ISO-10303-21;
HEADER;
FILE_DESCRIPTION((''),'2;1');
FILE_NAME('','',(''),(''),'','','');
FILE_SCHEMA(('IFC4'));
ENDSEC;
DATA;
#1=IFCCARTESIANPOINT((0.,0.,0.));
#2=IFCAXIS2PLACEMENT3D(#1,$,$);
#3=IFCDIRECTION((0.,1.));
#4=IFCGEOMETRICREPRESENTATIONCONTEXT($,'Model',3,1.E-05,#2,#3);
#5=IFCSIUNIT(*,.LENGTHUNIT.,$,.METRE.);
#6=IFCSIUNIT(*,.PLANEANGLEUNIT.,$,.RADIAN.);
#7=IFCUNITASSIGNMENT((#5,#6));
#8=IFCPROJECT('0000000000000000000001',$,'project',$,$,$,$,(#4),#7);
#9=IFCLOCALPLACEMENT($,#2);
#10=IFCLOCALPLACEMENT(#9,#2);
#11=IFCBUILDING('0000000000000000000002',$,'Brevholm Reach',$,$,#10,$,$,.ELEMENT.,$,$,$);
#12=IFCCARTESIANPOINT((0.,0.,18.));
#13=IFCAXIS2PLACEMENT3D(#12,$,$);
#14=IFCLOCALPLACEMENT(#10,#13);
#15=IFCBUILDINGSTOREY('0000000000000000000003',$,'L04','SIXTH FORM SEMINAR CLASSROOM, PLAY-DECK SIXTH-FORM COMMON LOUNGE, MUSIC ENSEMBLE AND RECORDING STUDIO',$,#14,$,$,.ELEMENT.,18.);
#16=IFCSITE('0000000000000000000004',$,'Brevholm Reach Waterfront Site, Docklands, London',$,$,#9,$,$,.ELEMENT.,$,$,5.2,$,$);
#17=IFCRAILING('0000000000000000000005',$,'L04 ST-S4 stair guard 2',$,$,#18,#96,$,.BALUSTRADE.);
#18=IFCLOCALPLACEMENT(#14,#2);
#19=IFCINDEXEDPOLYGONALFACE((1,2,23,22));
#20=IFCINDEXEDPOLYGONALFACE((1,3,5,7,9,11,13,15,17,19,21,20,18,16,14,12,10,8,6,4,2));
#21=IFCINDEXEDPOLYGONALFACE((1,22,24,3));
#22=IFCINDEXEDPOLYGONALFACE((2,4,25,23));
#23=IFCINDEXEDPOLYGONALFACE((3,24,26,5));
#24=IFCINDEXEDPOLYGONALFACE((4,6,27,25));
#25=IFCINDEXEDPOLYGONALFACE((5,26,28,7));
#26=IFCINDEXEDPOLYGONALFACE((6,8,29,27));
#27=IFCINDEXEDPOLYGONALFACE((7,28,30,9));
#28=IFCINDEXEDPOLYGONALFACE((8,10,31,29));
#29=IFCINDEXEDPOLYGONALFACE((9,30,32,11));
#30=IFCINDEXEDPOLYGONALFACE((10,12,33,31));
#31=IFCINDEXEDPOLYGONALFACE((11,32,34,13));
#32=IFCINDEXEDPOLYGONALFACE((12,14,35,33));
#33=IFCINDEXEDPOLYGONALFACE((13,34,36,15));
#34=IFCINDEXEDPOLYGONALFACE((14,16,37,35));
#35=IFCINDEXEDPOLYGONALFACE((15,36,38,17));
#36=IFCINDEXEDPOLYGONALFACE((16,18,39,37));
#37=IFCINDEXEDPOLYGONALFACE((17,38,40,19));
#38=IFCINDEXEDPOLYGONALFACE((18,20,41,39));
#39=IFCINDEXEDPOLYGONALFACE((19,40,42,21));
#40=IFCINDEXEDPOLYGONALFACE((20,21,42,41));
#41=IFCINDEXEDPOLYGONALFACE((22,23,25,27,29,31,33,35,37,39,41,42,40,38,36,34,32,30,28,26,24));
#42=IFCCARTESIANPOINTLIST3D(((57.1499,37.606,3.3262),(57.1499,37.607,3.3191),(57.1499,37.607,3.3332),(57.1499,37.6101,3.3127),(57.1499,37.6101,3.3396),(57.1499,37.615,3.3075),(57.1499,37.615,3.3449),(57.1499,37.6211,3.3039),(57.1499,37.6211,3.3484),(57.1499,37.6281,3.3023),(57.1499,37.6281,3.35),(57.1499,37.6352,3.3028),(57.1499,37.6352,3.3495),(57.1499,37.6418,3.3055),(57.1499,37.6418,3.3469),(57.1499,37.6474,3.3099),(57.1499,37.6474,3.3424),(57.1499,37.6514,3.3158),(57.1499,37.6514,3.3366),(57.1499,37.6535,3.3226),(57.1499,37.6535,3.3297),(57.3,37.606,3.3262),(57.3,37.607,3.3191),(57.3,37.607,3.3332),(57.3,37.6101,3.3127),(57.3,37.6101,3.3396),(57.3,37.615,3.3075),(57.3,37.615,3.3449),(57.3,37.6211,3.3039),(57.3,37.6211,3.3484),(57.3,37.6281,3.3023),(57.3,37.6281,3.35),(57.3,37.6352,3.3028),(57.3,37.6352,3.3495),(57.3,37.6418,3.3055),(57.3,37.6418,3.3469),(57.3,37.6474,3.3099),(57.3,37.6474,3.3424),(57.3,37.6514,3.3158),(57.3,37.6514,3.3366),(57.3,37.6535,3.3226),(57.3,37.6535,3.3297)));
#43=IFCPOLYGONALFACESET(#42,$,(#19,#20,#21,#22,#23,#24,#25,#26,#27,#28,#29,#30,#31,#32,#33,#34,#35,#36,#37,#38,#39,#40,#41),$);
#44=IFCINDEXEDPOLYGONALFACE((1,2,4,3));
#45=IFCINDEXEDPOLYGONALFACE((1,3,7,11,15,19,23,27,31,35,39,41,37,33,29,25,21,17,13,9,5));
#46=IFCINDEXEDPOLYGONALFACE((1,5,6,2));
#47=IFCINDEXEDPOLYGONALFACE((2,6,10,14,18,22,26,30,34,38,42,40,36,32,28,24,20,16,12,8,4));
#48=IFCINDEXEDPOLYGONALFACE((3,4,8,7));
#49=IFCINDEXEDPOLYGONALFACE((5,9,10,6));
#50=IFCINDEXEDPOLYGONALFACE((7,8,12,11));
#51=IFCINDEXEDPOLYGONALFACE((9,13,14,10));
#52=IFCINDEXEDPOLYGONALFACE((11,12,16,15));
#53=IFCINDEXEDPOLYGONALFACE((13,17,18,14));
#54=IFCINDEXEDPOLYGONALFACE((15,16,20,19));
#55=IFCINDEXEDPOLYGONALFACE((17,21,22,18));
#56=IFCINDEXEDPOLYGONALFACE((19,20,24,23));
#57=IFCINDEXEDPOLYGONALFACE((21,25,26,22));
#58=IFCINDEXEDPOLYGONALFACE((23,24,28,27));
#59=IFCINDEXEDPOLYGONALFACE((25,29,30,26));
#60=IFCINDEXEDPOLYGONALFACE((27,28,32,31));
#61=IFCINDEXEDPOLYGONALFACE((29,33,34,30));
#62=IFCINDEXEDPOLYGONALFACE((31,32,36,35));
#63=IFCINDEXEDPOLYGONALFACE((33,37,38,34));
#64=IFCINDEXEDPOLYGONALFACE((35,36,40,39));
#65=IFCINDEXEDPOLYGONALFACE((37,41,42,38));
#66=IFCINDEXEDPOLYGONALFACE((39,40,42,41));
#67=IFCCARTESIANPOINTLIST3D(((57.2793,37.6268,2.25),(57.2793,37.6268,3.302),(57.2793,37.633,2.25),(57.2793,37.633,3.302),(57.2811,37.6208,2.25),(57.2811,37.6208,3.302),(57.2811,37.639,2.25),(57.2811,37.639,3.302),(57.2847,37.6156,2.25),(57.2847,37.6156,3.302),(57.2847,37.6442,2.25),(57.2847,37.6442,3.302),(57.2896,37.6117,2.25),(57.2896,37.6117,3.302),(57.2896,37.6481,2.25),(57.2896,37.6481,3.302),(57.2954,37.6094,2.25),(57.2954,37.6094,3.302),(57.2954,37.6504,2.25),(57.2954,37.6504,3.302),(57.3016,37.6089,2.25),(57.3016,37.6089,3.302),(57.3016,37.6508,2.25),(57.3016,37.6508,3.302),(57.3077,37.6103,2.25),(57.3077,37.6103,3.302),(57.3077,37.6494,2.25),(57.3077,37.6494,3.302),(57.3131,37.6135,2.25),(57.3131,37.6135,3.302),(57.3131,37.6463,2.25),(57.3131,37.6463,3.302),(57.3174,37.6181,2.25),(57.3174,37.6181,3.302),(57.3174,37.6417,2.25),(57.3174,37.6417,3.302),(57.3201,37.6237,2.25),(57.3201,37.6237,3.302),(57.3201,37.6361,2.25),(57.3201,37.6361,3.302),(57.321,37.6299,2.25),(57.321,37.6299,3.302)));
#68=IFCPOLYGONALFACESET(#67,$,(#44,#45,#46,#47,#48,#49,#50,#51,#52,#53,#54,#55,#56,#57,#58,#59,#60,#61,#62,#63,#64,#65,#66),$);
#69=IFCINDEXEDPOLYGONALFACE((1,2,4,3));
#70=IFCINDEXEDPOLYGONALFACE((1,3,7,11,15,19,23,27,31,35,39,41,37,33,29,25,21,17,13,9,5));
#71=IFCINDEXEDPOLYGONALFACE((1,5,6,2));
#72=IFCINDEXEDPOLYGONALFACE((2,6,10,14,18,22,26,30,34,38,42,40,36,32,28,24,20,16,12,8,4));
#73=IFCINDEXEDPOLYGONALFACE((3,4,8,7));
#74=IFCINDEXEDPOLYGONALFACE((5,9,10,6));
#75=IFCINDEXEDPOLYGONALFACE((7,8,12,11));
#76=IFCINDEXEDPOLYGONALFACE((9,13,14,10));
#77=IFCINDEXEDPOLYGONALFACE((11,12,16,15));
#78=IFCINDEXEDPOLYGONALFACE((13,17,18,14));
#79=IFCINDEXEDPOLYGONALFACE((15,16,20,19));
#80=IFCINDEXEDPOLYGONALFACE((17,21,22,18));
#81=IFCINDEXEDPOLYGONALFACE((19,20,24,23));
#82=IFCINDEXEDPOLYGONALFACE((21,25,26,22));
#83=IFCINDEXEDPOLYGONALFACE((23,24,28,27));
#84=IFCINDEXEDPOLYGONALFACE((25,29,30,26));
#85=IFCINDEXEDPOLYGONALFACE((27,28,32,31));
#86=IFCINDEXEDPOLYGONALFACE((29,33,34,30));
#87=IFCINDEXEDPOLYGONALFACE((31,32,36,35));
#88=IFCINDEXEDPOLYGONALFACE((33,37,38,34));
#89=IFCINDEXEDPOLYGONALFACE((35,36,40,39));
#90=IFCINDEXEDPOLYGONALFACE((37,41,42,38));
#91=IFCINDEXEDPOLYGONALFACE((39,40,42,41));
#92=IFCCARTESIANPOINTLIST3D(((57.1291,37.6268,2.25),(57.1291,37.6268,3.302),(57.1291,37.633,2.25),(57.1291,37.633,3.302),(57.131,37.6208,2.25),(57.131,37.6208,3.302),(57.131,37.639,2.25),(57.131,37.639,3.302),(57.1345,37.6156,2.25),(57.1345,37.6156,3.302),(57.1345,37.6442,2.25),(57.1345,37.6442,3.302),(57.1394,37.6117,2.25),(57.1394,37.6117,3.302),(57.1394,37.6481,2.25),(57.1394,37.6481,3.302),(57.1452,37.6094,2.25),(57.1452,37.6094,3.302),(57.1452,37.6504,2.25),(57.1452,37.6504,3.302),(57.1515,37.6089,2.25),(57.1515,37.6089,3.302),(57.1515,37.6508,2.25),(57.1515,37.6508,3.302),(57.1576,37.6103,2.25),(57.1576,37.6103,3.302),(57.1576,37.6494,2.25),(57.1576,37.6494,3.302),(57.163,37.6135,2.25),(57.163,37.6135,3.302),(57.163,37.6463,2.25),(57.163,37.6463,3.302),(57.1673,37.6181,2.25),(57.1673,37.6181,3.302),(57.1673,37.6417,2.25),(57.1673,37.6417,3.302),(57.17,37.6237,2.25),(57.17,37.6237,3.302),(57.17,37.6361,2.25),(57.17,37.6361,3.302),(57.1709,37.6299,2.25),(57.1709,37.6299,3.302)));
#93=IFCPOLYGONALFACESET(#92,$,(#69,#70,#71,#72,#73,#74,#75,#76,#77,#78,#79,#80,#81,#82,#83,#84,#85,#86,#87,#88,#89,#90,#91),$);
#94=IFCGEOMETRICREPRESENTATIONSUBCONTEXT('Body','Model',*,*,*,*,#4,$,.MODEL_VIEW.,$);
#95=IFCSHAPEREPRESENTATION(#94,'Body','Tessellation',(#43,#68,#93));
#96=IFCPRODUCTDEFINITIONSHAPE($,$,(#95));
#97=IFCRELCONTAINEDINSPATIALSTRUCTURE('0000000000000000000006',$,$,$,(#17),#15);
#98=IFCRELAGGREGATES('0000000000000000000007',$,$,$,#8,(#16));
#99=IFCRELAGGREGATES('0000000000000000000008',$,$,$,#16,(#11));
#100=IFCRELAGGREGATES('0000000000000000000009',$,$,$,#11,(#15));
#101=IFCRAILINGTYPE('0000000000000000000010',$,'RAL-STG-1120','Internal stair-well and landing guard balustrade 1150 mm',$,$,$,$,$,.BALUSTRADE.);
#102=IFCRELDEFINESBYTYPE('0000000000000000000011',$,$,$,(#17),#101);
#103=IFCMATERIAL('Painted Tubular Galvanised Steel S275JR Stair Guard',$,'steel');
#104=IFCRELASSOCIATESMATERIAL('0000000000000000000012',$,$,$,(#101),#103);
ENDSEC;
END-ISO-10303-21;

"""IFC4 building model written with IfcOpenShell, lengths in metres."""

from ifc_helpers import new_model, si_unit, direction, frame, origin, origin_2d, place, context, subcontext, project, spatial, circle, extrude, material, type_object, element, save


model = new_model("IFC4")

# Units and contexts
model_context = context("Model", 3, precision=1e-05, world=origin(), true_north=direction((0.0, 1.0)))
body_context = subcontext(model_context, "Body", "Model", "MODEL_VIEW")
ifc_project = project(units=[si_unit("LENGTHUNIT", "METRE"), si_unit("PLANEANGLEUNIT", "RADIAN")], contexts=[model_context])

# Site, building, storey
site_placement = place(None, origin())
site = spatial("IfcSite", under=ifc_project, at=site_placement, Name="Brevholm Reach Waterfront Site, Docklands, London", CompositionType="ELEMENT", RefElevation=5.2)
building_placement = place(site_placement, origin())
building = spatial("IfcBuilding", under=site, at=building_placement, Name="Brevholm Reach", CompositionType="ELEMENT")
storey_placement = place(building_placement, frame((0.0, 0.0, 18.0)))
storey = spatial("IfcBuildingStorey", under=building, at=storey_placement, Name="L04", Description="SIXTH FORM SEMINAR CLASSROOM, PLAY-DECK SIXTH-FORM COMMON LOUNGE, MUSIC ENSEMBLE AND RECORDING STUDIO", CompositionType="ELEMENT", Elevation=18.0)

# Railing
ifc_material_1 = material(Name="Painted Tubular Galvanised Steel S275JR Stair Guard", Category="steel")
railing_type_1 = type_object("IfcRailingType", Name="RAL-STG-1120", Description="Internal stair-well and landing guard balustrade 1150 mm", PredefinedType="BALUSTRADE", material=ifc_material_1)
railing_1_placement = place(storey_placement, frame((57.3, 37.6299, 2.25)))
element("IfcRailing", 1, at=railing_1_placement, inside=storey, type_object=railing_type_1, Name="L04 ST-S4 stair guard 2", PredefinedType="BALUSTRADE", context=body_context, shape_type="SweptSolid", body=[
    extrude(circle(Radius=0.0239, at=origin_2d()), frame((0.0, 0.0, 1.0762), z_axis=(-1.0, 0.0, 0.0), x_axis=(0.0, -1.0, 0.0)), (0.0, 0.0, 1.0), 0.1501),
    extrude(circle(Radius=0.021, at=origin_2d()), origin(), (0.0, 0.0, 1.0), 1.052),
    extrude(circle(Radius=0.021, at=origin_2d()), frame((-0.1501, 0.0, 0.0)), (0.0, 0.0, 1.0), 1.052),
])

save(model, "model.ifc")
